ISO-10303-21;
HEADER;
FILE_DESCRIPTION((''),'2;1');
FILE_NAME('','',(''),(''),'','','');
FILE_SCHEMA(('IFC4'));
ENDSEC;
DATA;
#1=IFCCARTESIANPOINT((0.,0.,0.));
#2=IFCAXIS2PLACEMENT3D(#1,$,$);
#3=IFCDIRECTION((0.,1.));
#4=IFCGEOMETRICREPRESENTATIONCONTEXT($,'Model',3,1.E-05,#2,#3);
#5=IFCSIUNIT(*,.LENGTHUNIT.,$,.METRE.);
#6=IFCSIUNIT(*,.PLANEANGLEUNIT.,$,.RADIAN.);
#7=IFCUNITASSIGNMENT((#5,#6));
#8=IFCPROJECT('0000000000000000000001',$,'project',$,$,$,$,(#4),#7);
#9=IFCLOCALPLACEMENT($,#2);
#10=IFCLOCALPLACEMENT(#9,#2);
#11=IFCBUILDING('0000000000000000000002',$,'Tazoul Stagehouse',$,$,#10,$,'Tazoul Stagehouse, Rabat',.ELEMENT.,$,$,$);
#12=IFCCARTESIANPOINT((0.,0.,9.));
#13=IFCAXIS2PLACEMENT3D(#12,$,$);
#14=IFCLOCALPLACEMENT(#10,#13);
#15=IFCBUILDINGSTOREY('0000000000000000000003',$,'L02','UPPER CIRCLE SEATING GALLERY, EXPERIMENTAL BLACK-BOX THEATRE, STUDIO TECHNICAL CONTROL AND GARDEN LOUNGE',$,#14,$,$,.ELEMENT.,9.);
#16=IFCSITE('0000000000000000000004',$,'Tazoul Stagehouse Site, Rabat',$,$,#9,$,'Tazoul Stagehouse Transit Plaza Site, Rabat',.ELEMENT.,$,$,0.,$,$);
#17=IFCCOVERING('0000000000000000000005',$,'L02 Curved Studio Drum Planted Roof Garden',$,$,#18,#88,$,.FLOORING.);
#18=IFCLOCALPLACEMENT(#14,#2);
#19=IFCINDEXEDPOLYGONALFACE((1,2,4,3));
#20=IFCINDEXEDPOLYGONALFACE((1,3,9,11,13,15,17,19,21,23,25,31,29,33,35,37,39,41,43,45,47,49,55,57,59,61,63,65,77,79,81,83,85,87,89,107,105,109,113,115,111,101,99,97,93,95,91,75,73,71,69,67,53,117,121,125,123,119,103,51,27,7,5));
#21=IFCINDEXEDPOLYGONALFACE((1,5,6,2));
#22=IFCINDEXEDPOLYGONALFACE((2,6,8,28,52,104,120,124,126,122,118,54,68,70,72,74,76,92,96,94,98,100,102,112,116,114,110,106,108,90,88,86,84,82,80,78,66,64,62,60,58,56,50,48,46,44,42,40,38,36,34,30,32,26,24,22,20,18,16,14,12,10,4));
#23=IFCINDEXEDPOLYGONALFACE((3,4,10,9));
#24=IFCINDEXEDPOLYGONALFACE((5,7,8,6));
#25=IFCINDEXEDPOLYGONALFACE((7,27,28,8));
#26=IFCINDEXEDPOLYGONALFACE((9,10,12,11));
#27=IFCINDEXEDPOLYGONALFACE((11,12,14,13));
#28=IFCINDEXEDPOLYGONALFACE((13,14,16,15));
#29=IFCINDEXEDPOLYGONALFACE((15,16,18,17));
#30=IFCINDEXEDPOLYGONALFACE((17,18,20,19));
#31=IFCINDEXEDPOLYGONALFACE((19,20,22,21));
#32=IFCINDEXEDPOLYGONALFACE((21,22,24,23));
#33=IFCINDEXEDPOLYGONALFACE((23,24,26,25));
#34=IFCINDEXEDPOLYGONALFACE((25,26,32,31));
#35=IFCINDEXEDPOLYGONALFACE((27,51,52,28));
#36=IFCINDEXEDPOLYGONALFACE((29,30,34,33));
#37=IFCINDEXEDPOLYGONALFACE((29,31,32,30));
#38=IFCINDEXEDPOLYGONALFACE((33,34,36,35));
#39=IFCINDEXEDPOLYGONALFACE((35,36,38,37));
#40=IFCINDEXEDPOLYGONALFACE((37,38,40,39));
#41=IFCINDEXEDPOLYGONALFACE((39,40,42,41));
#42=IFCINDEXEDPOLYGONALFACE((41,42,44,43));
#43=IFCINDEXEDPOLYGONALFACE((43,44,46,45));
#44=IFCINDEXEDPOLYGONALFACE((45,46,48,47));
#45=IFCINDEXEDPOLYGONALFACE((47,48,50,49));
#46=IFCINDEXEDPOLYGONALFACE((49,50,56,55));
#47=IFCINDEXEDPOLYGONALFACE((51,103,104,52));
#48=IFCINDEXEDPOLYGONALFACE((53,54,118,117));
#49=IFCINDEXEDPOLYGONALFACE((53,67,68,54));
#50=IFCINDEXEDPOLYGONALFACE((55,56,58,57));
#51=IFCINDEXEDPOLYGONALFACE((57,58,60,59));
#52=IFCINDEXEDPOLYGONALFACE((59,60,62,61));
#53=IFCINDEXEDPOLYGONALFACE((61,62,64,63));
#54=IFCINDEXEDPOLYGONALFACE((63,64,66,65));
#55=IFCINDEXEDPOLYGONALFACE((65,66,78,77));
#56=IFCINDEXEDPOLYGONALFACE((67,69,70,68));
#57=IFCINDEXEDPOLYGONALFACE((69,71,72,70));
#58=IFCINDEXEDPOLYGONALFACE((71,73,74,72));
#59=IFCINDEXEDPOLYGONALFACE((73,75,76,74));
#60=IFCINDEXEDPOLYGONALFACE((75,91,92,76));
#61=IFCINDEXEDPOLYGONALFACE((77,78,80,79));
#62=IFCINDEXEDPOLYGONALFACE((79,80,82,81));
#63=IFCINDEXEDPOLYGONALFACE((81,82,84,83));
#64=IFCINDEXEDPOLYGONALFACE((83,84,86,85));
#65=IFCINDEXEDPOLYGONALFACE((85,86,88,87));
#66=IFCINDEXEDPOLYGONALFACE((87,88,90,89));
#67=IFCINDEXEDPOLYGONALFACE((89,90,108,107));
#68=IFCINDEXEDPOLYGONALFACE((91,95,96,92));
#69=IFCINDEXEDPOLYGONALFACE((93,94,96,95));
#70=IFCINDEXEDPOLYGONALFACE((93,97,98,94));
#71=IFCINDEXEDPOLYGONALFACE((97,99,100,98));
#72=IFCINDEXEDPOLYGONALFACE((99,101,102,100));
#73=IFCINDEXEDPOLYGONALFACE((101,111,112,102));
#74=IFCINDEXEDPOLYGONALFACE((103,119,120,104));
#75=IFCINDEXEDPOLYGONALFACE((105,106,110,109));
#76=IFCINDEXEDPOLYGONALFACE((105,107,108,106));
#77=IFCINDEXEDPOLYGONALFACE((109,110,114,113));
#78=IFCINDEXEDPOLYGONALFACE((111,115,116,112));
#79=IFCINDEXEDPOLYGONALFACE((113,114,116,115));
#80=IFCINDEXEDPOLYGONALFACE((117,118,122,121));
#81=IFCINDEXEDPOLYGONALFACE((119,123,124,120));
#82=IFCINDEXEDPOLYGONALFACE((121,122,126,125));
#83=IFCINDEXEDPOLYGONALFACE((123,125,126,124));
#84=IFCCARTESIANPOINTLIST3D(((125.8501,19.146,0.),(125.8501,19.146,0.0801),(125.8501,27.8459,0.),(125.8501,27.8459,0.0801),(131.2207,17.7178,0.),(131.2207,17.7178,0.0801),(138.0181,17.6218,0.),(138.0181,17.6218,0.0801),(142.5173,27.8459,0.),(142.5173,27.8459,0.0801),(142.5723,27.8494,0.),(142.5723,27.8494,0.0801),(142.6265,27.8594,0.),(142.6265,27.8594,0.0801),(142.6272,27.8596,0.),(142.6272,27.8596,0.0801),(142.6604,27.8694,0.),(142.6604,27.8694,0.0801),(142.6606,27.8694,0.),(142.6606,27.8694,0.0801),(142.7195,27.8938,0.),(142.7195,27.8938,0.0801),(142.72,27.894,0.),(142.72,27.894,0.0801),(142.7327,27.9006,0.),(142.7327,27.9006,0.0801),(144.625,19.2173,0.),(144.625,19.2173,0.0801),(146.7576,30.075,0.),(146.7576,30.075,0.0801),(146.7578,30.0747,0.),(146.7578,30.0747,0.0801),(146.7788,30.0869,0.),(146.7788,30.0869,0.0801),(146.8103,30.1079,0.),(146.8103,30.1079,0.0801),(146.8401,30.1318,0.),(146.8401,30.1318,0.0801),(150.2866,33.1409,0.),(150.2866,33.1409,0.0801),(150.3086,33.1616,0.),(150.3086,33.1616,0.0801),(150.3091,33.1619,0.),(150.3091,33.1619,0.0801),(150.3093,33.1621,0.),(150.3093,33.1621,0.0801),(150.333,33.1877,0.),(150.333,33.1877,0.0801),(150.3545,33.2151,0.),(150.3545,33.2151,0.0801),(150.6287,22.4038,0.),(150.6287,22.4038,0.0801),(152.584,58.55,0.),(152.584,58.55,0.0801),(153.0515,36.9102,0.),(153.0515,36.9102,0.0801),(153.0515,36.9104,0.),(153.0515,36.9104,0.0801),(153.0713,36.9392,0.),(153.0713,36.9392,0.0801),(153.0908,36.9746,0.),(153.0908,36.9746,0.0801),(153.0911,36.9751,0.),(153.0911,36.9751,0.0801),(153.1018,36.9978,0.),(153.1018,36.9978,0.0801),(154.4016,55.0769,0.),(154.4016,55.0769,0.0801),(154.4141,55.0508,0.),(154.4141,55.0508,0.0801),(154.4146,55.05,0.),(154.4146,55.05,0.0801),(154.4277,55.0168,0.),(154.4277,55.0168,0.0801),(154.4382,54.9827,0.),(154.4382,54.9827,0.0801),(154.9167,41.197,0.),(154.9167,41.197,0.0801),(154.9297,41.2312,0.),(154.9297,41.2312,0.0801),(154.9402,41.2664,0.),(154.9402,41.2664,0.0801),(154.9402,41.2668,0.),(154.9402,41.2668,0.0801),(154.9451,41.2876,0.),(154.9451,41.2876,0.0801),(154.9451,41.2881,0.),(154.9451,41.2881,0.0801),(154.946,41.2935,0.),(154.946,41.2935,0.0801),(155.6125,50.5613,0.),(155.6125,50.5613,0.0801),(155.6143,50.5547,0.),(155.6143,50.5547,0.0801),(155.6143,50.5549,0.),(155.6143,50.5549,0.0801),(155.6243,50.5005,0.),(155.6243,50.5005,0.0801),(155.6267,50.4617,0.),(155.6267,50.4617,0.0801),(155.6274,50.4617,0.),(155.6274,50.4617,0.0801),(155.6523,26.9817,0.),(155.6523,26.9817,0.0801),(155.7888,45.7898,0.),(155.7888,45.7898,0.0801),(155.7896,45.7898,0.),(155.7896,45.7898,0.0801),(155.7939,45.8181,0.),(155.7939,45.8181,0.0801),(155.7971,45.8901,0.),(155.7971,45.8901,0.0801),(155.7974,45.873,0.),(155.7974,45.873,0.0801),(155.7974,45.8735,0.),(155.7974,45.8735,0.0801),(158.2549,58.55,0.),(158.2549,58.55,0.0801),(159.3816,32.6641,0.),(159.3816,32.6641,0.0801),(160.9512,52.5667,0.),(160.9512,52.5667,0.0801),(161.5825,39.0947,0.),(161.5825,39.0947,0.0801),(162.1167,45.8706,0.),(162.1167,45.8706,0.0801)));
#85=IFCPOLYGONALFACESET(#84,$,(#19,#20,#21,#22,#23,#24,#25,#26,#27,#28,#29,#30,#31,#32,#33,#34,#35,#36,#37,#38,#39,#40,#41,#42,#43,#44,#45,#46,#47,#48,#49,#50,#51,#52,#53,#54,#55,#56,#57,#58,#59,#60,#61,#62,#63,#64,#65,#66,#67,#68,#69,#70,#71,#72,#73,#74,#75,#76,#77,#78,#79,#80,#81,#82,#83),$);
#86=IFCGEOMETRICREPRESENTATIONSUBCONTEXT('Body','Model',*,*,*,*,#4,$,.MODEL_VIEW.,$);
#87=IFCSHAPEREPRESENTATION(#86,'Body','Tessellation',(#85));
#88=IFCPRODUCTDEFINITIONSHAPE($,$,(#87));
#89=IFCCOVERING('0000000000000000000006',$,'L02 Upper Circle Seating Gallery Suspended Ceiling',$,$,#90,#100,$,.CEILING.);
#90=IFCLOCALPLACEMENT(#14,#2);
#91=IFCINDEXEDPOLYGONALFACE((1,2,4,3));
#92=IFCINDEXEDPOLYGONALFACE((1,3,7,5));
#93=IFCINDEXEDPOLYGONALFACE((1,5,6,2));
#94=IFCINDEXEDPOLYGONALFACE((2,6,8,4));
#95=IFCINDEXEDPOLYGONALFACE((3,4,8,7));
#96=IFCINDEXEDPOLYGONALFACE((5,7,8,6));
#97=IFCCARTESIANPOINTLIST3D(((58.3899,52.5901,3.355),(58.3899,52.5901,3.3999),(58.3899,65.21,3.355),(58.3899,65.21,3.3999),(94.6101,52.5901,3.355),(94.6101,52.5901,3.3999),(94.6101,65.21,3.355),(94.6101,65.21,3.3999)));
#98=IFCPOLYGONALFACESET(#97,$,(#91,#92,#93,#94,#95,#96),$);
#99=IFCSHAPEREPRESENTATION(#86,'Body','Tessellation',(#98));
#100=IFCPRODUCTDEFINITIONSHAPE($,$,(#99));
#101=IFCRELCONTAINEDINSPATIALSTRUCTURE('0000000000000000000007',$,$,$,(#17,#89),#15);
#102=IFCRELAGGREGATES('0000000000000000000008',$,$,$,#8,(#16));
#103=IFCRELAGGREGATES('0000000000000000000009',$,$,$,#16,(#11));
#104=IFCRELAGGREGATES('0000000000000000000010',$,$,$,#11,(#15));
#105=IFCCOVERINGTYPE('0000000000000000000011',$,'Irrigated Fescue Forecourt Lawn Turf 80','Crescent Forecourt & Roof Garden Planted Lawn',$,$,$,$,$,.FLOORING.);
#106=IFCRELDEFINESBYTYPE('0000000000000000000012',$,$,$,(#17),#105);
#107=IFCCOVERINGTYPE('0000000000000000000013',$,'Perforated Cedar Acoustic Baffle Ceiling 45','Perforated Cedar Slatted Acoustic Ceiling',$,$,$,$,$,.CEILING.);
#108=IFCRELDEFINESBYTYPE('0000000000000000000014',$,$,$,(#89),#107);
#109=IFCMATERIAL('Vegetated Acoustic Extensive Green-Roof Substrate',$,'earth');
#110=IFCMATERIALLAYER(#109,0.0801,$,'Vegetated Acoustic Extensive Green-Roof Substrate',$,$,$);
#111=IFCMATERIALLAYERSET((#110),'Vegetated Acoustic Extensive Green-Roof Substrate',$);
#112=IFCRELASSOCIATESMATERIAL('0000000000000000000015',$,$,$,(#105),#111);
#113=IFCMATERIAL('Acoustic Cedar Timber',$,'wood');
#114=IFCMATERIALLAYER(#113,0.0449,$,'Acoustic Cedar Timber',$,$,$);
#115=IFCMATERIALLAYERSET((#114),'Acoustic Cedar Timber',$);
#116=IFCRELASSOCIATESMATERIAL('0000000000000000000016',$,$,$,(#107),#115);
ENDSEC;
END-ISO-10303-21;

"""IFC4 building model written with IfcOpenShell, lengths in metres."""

from ifc_helpers import new_model, si_unit, direction, frame, origin, place, context, subcontext, project, spatial, polyline, outline, extrude, material, layer, layer_set, type_object, element, save


model = new_model("IFC4")

# Units and contexts
model_context = context("Model", 3, precision=1e-05, world=origin(), true_north=direction((0.0, 1.0)))
body_context = subcontext(model_context, "Body", "Model", "MODEL_VIEW")
ifc_project = project(units=[si_unit("LENGTHUNIT", "METRE"), si_unit("PLANEANGLEUNIT", "RADIAN")], contexts=[model_context])

# Site, building, storey
site_placement = place(None, origin())
site = spatial("IfcSite", under=ifc_project, at=site_placement, Name="Tazoul Stagehouse Site, Rabat", LongName="Tazoul Stagehouse Transit Plaza Site, Rabat", CompositionType="ELEMENT", RefElevation=0.0)
building_placement = place(site_placement, origin())
building = spatial("IfcBuilding", under=site, at=building_placement, Name="Tazoul Stagehouse", LongName="Tazoul Stagehouse, Rabat", CompositionType="ELEMENT")
storey_placement = place(building_placement, frame((0.0, 0.0, 9.0)))
storey = spatial("IfcBuildingStorey", under=building, at=storey_placement, Name="L02", Description="UPPER CIRCLE SEATING GALLERY, EXPERIMENTAL BLACK-BOX THEATRE, STUDIO TECHNICAL CONTROL AND GARDEN LOUNGE", CompositionType="ELEMENT", Elevation=9.0)

# Coverings
ifc_material_1 = material(Name="Acoustic Cedar Timber", Category="wood")
ifc_material_2 = material(Name="Vegetated Acoustic Extensive Green-Roof Substrate", Category="earth")
ifc_layer_1 = layer(ifc_material_2, 0.0801, Name="Vegetated Acoustic Extensive Green-Roof Substrate")
ifc_layer_set_1 = layer_set([ifc_layer_1], Name="Vegetated Acoustic Extensive Green-Roof Substrate")
covering_type_1 = type_object("IfcCoveringType", Name="Irrigated Fescue Forecourt Lawn Turf 80", Description="Crescent Forecourt & Roof Garden Planted Lawn", PredefinedType="FLOORING", material=ifc_layer_set_1)
covering_1_placement = place(storey_placement, origin())
element("IfcCovering", 1, at=covering_1_placement, inside=storey, type_object=covering_type_1, Name="L02 Curved Studio Drum Planted Roof Garden", PredefinedType="FLOORING", context=body_context, shape_type="SweptSolid", body=[
    extrude(outline(polyline([(125.8501, 27.8459), (142.5173, 27.8459), (142.5723, 27.8494), (142.6265, 27.8594), (142.6272, 27.8596), (142.6604, 27.8694), (142.6606, 27.8694), (142.7195, 27.8938), (142.72, 27.894), (142.7327, 27.9006), (146.7578, 30.0747), (146.7576, 30.075), (146.7788, 30.0869), (146.8103, 30.1079), (146.8401, 30.1318), (150.2866, 33.1409), (150.3086, 33.1616), (150.3091, 33.1619), (150.3093, 33.1621), (150.333, 33.1877), (150.3545, 33.2151), (153.0515, 36.9102), (153.0515, 36.9104), (153.0713, 36.9392), (153.0908, 36.9746), (153.0911, 36.9751), (153.1018, 36.9978), (154.9167, 41.197), (154.9297, 41.2312), (154.9402, 41.2664), (154.9402, 41.2668), (154.9451, 41.2876), (154.9451, 41.2881), (154.946, 41.2935), (155.7896, 45.7898), (155.7888, 45.7898), (155.7939, 45.8181), (155.7974, 45.873), (155.7974, 45.8735), (155.7971, 45.8901), (155.6274, 50.4617), (155.6267, 50.4617), (155.6243, 50.5005), (155.6143, 50.5547), (155.6143, 50.5549), (155.6125, 50.5613), (154.4382, 54.9827), (154.4277, 55.0168), (154.4146, 55.05), (154.4141, 55.0508), (154.4016, 55.0769), (152.584, 58.55), (158.2549, 58.55), (160.9512, 52.5667), (162.1167, 45.8706), (161.5825, 39.0947), (159.3816, 32.6641), (155.6523, 26.9817), (150.6287, 22.4038), (144.625, 19.2173), (138.0181, 17.6218), (131.2207, 17.7178), (125.8501, 19.146), (125.8501, 27.8459)])), origin(), (0.0, 0.0, 1.0), 0.0801),
])
ifc_layer_2 = layer(ifc_material_1, 0.0449, Name="Acoustic Cedar Timber")
ifc_layer_set_2 = layer_set([ifc_layer_2], Name="Acoustic Cedar Timber")
covering_type_2 = type_object("IfcCoveringType", Name="Perforated Cedar Acoustic Baffle Ceiling 45", Description="Perforated Cedar Slatted Acoustic Ceiling", PredefinedType="CEILING", material=ifc_layer_set_2)
covering_2_placement = place(storey_placement, frame((0.0, 0.0, 3.355)))
element("IfcCovering", 2, at=covering_2_placement, inside=storey, type_object=covering_type_2, Name="L02 Upper Circle Seating Gallery Suspended Ceiling", PredefinedType="CEILING", context=body_context, shape_type="SweptSolid", body=[
    extrude(outline(polyline([(94.6101, 65.21), (94.6101, 52.5901), (58.3899, 52.5901), (58.3899, 65.21), (94.6101, 65.21)])), origin(), (0.0, 0.0, 1.0), 0.0449),
])

save(model, "model.ifc")
